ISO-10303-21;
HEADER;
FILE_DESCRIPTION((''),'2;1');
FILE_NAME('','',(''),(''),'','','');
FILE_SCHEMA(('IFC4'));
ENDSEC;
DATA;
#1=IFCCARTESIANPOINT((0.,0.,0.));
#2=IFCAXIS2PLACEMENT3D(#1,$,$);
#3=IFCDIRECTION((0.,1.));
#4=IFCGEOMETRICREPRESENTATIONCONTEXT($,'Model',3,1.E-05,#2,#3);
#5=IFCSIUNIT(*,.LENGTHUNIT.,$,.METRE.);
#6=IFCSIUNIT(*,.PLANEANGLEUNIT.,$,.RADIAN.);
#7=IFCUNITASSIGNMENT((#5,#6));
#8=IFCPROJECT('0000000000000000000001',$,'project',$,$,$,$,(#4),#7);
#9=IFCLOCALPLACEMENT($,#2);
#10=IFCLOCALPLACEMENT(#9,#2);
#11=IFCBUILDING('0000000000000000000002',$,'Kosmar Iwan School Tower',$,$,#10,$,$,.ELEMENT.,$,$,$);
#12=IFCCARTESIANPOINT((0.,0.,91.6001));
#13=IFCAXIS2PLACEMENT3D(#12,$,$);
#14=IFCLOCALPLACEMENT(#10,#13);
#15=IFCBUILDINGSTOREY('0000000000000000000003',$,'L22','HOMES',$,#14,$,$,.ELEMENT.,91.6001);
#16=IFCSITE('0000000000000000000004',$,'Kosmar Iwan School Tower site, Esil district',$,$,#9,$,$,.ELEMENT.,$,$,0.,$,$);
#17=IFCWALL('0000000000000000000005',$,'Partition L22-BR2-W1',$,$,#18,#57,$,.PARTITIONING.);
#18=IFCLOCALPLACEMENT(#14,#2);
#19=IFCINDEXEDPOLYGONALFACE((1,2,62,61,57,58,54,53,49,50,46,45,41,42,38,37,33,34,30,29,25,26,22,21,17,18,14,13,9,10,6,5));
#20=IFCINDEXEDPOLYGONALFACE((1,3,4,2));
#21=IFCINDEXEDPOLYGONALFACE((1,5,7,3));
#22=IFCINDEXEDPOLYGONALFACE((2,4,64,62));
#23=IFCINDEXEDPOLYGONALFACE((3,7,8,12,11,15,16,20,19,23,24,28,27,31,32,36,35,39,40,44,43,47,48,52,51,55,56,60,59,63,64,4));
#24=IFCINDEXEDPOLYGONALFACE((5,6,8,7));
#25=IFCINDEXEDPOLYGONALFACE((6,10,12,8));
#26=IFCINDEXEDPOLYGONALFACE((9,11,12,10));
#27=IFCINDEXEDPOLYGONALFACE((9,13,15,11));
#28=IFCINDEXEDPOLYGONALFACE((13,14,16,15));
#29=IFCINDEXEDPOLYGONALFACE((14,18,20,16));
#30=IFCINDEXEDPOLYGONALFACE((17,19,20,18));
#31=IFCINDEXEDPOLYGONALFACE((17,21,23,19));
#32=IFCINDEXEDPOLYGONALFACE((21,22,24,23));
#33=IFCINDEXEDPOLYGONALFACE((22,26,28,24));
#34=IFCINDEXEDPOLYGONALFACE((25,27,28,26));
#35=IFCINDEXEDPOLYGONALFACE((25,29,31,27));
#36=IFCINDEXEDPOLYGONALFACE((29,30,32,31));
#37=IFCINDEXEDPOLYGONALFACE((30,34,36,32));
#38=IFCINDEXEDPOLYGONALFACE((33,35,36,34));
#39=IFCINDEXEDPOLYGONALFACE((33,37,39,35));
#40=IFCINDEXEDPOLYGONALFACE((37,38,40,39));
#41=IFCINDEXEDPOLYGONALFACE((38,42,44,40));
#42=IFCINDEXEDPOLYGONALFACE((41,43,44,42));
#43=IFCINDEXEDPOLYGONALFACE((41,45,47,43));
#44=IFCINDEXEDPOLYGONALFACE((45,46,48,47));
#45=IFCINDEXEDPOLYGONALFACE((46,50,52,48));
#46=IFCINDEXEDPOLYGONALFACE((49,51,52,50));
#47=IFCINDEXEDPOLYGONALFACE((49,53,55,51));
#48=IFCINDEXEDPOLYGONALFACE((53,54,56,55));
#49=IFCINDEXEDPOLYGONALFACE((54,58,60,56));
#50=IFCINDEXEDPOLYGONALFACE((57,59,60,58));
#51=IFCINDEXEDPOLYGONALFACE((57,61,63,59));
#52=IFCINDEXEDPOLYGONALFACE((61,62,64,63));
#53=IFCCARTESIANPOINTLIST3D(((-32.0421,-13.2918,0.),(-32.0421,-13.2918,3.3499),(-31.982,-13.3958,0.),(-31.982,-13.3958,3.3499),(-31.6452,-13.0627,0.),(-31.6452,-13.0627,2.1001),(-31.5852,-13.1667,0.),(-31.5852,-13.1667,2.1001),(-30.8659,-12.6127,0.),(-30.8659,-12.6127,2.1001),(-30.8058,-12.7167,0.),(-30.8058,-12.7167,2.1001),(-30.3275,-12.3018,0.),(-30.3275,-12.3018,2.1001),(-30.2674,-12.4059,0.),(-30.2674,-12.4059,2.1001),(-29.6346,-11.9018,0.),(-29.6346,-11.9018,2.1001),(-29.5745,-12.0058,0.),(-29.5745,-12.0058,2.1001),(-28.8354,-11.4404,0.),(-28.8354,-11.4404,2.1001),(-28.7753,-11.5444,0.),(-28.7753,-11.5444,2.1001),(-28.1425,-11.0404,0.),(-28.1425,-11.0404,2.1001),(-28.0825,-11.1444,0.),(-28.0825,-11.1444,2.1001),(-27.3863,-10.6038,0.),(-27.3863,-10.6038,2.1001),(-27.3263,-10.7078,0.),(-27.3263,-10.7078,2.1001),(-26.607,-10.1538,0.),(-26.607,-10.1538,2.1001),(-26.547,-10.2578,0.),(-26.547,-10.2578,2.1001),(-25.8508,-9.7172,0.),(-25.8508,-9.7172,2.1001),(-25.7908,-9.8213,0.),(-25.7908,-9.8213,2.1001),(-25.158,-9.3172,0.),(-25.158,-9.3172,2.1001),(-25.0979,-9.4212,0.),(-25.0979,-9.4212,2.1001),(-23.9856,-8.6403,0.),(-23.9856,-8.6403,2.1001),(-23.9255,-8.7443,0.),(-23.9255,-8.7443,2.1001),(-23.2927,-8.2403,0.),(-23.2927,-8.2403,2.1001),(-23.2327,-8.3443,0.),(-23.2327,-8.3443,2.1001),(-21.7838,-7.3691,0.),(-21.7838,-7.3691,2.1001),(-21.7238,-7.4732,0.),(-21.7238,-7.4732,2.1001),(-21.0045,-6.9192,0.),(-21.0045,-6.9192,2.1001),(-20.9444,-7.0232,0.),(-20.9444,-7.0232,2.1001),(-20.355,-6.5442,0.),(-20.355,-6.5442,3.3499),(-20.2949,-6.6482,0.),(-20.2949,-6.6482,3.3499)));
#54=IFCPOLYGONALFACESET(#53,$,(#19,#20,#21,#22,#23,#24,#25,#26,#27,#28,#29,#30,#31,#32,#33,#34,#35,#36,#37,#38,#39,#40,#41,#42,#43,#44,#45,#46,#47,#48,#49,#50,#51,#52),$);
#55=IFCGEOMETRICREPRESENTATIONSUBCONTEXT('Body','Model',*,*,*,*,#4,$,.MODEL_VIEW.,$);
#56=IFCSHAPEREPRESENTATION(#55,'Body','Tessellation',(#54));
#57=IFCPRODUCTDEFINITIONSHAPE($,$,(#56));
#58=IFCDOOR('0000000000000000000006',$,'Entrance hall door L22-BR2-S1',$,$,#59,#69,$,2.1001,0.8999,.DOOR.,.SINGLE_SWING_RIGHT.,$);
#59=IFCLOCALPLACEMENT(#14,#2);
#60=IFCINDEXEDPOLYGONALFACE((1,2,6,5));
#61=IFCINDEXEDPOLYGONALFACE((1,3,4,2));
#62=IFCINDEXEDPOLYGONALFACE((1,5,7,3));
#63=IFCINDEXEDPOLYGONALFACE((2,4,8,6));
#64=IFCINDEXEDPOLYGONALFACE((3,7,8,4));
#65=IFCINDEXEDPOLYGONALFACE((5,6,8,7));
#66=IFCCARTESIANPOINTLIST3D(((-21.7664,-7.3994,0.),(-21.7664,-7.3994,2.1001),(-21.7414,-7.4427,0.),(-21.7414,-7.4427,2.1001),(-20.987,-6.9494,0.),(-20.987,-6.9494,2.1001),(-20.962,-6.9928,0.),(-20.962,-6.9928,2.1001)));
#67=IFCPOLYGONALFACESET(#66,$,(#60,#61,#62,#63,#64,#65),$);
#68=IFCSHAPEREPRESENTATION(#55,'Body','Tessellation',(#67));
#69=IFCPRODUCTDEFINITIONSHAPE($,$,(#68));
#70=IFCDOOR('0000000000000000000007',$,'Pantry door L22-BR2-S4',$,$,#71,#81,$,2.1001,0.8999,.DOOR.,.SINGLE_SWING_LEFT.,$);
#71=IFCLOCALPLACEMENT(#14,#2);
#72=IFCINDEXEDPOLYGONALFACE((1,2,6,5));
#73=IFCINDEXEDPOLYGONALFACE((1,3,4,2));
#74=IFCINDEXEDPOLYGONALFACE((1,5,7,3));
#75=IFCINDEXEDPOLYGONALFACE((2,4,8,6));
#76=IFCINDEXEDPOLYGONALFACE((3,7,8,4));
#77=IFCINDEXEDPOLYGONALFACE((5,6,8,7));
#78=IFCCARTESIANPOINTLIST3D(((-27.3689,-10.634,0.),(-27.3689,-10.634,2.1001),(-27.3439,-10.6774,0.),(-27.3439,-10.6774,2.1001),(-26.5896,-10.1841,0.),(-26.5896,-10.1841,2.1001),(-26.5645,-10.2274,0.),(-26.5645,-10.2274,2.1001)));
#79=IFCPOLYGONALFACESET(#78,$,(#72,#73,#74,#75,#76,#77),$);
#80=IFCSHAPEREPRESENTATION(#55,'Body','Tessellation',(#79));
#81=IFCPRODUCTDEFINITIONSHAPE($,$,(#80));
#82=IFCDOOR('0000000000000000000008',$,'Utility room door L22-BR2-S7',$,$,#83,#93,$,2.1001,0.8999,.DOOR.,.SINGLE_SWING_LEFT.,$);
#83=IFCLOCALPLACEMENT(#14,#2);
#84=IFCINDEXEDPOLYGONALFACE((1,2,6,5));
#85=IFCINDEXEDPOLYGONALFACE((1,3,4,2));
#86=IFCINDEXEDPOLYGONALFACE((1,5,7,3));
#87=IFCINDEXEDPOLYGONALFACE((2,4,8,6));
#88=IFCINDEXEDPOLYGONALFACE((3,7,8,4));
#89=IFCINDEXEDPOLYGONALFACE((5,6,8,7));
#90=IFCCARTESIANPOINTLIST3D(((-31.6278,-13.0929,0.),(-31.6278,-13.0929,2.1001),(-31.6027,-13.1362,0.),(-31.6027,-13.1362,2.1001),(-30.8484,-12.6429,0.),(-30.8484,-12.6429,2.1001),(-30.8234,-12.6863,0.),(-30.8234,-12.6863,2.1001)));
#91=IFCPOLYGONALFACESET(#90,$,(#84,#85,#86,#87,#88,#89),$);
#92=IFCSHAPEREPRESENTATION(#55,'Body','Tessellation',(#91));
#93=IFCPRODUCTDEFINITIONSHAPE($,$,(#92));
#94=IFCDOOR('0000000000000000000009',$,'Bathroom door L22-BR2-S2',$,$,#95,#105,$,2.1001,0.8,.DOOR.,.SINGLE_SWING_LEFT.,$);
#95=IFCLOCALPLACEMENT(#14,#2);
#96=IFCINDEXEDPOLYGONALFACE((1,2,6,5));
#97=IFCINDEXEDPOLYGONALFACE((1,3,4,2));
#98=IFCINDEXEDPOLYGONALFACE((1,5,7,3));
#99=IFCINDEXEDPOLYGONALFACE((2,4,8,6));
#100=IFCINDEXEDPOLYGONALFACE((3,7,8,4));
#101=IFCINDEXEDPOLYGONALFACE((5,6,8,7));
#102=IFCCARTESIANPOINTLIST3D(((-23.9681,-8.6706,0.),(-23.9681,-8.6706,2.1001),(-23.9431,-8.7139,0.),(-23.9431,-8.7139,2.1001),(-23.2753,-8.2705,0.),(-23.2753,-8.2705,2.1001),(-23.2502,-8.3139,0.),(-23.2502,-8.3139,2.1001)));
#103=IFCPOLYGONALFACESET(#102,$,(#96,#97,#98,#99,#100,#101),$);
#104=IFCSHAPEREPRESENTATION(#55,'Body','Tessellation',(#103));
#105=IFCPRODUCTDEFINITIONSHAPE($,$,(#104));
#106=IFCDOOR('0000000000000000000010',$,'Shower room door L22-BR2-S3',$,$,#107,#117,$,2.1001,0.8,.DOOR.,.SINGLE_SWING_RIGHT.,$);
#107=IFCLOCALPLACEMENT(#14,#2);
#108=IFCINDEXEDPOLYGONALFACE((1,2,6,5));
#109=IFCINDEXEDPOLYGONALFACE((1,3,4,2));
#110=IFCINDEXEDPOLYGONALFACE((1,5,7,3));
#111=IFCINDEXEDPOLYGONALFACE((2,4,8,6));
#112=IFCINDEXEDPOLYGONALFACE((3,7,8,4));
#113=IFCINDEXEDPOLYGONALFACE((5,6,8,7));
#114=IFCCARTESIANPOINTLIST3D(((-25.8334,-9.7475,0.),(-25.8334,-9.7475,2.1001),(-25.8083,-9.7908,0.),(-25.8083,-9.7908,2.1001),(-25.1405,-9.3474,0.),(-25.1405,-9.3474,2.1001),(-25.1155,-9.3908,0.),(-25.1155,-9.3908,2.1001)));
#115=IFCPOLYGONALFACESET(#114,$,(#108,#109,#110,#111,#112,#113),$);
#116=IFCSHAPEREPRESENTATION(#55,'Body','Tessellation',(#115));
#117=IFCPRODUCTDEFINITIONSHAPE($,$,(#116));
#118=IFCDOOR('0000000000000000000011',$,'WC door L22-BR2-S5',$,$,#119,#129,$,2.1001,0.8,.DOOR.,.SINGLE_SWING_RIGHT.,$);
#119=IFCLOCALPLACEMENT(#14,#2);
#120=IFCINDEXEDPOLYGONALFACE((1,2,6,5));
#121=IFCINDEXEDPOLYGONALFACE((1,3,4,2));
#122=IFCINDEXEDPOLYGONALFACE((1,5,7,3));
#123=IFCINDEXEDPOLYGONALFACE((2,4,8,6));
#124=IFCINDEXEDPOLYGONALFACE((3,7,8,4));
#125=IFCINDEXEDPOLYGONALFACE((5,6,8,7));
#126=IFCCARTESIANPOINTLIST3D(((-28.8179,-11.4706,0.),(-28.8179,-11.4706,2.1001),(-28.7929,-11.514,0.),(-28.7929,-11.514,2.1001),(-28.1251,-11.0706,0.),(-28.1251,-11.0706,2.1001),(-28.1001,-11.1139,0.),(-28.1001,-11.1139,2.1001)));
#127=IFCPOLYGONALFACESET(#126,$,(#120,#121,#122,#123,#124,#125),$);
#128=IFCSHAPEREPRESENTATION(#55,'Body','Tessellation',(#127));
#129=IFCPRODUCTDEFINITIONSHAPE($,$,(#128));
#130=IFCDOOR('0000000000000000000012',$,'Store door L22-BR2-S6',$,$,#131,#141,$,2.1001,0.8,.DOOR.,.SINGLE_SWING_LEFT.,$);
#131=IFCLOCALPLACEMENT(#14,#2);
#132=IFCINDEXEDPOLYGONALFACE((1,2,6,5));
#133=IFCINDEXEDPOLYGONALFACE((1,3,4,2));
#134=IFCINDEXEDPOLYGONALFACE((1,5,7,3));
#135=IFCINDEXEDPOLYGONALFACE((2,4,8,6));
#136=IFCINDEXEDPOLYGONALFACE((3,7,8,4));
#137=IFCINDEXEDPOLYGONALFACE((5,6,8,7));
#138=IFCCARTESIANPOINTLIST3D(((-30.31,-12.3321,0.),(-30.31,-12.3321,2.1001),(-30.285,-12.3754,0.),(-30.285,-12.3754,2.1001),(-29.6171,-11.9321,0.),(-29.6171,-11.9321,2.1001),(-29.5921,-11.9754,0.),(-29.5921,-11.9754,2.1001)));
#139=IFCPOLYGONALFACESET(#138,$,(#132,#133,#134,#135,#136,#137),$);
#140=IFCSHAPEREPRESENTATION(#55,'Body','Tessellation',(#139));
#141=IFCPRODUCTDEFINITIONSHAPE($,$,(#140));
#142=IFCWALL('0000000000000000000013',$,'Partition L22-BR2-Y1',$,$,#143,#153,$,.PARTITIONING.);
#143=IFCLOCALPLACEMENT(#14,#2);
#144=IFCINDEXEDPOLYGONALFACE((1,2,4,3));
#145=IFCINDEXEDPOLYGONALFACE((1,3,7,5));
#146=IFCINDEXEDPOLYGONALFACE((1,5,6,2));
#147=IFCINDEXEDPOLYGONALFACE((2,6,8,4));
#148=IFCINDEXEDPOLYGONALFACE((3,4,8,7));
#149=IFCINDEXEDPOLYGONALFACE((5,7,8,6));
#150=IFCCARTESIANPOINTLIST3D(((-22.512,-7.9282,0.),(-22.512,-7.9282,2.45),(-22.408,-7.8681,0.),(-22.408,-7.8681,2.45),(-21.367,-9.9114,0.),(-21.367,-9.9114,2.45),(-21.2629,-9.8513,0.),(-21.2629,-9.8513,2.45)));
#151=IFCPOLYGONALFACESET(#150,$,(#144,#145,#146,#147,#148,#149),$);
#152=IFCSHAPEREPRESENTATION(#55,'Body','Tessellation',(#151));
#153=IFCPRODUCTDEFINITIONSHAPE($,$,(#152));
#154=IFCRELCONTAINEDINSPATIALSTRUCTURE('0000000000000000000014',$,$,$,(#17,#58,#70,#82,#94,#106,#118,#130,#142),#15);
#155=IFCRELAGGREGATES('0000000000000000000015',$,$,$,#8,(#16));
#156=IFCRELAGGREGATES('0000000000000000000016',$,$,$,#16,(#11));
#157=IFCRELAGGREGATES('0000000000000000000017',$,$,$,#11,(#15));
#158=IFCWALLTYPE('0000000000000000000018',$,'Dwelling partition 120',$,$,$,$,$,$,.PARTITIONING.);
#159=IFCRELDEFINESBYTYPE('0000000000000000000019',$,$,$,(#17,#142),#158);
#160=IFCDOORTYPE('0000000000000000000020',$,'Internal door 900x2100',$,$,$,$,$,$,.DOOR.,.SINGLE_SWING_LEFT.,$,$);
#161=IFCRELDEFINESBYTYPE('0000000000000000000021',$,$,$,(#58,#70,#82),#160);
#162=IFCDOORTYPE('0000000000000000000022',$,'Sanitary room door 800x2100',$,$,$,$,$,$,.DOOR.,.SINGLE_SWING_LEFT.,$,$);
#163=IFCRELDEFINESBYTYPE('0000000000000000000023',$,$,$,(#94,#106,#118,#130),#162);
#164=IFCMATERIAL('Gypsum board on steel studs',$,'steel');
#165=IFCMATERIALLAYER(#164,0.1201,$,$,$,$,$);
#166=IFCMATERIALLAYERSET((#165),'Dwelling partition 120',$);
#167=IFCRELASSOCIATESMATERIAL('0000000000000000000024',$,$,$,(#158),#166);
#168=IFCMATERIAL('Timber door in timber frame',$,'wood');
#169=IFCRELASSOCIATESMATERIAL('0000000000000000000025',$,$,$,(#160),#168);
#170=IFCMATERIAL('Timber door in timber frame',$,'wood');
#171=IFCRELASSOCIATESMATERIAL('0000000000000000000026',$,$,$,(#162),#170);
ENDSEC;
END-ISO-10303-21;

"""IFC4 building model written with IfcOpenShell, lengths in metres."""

from ifc_helpers import new_model, si_unit, direction, frame, frame_2d, origin, place, context, subcontext, project, spatial, rectangle, extrude, material, layer, layer_set, type_object, element, fill, save


model = new_model("IFC4")

# Units and contexts
model_context = context("Model", 3, precision=1e-05, world=origin(), true_north=direction((0.0, 1.0)))
body_context = subcontext(model_context, "Body", "Model", "MODEL_VIEW")
ifc_project = project(units=[si_unit("LENGTHUNIT", "METRE"), si_unit("PLANEANGLEUNIT", "RADIAN")], contexts=[model_context])

# Site, building, storey
site_placement = place(None, origin())
site = spatial("IfcSite", under=ifc_project, at=site_placement, Name="Kosmar Iwan School Tower site, Esil district", CompositionType="ELEMENT", RefElevation=0.0)
building_placement = place(site_placement, origin())
building = spatial("IfcBuilding", under=site, at=building_placement, Name="Kosmar Iwan School Tower", CompositionType="ELEMENT")
storey_placement = place(building_placement, frame((0.0, 0.0, 91.6001)))
storey = spatial("IfcBuildingStorey", under=building, at=storey_placement, Name="L22", Description="HOMES", CompositionType="ELEMENT", Elevation=91.6001)

# Shared definitions
ifc_material_1 = material(Name="Gypsum board on steel studs", Category="steel")
ifc_layer_1 = layer(ifc_material_1, 0.1201)
ifc_layer_set_1 = layer_set([ifc_layer_1], Name="Dwelling partition 120")
wall_type_1 = type_object("IfcWallType", Name="Dwelling partition 120", PredefinedType="PARTITIONING", material=ifc_layer_set_1)

# Wall, openings, doors
wall_1_placement = place(storey_placement, frame((-20.325, -6.5962, 0.0), z_axis=(0.0, 0.0, 1.0), x_axis=(-0.866024, -0.500003, 0.0)))
wall_1 = element("IfcWall", 1, at=wall_1_placement, inside=storey, type_object=wall_type_1, Name="Partition L22-BR2-W1", PredefinedType="PARTITIONING", context=body_context, shape_type="SweptSolid", body=[
    extrude(rectangle(XDim=13.4951, YDim=0.1201, at=frame_2d((6.7476, 0.0))), origin(), (0.0, 0.0, 1.0), 3.3499),
])
opening_1_placement = place(wall_1_placement, frame((0.75, 0.0, 0.0)))
opening_1 = element("IfcOpeningElement", 2, at=opening_1_placement, cuts=wall_1, PredefinedType="OPENING", context=body_context, shape_type="SweptSolid", body=[
    extrude(rectangle(XDim=0.8999, YDim=2.1001, at=frame_2d((0.45, 1.05))), frame((0.0, 0.072, 0.0), z_axis=(0.0, -1.0, 0.0), x_axis=(1.0, 0.0, 0.0)), (0.0, 0.0, 1.0), 0.144),
])
opening_2_placement = place(wall_1_placement, frame((3.3923, 0.0, 0.0)))
opening_2 = element("IfcOpeningElement", 3, at=opening_2_placement, cuts=wall_1, PredefinedType="OPENING", context=body_context, shape_type="SweptSolid", body=[
    extrude(rectangle(XDim=0.8, YDim=2.1001, at=frame_2d((0.3999, 1.05))), frame((0.0, 0.072, 0.0), z_axis=(0.0, -1.0, 0.0), x_axis=(1.0, 0.0, 0.0)), (0.0, 0.0, 1.0), 0.144),
])
opening_3_placement = place(wall_1_placement, frame((5.5461, 0.0, 0.0)))
opening_3 = element("IfcOpeningElement", 4, at=opening_3_placement, cuts=wall_1, PredefinedType="OPENING", context=body_context, shape_type="SweptSolid", body=[
    extrude(rectangle(XDim=0.8, YDim=2.1001, at=frame_2d((0.3999, 1.05))), frame((0.0, 0.072, 0.0), z_axis=(0.0, -1.0, 0.0), x_axis=(1.0, 0.0, 0.0)), (0.0, 0.0, 1.0), 0.144),
])
opening_4_placement = place(wall_1_placement, frame((7.2192, 0.0, 0.0)))
opening_4 = element("IfcOpeningElement", 5, at=opening_4_placement, cuts=wall_1, PredefinedType="OPENING", context=body_context, shape_type="SweptSolid", body=[
    extrude(rectangle(XDim=0.8999, YDim=2.1001, at=frame_2d((0.45, 1.05))), frame((0.0, 0.072, 0.0), z_axis=(0.0, -1.0, 0.0), x_axis=(1.0, 0.0, 0.0)), (0.0, 0.0, 1.0), 0.144),
])
opening_5_placement = place(wall_1_placement, frame((8.9924, 0.0, 0.0)))
opening_5 = element("IfcOpeningElement", 6, at=opening_5_placement, cuts=wall_1, PredefinedType="OPENING", context=body_context, shape_type="SweptSolid", body=[
    extrude(rectangle(XDim=0.8, YDim=2.1001, at=frame_2d((0.3999, 1.05))), frame((0.0, 0.072, 0.0), z_axis=(0.0, -1.0, 0.0), x_axis=(1.0, 0.0, 0.0)), (0.0, 0.0, 1.0), 0.144),
])
opening_6_placement = place(wall_1_placement, frame((10.7153, 0.0, 0.0)))
opening_6 = element("IfcOpeningElement", 7, at=opening_6_placement, cuts=wall_1, PredefinedType="OPENING", context=body_context, shape_type="SweptSolid", body=[
    extrude(rectangle(XDim=0.8, YDim=2.1001, at=frame_2d((0.3999, 1.05))), frame((0.0, 0.072, 0.0), z_axis=(0.0, -1.0, 0.0), x_axis=(1.0, 0.0, 0.0)), (0.0, 0.0, 1.0), 0.144),
])
opening_7_placement = place(wall_1_placement, frame((12.137, 0.0, 0.0)))
opening_7 = element("IfcOpeningElement", 8, at=opening_7_placement, cuts=wall_1, PredefinedType="OPENING", context=body_context, shape_type="SweptSolid", body=[
    extrude(rectangle(XDim=0.8999, YDim=2.1001, at=frame_2d((0.45, 1.05))), frame((0.0, 0.072, 0.0), z_axis=(0.0, -1.0, 0.0), x_axis=(1.0, 0.0, 0.0)), (0.0, 0.0, 1.0), 0.144),
])
ifc_material_2 = material(Name="Timber door in timber frame", Category="wood")
door_type_1 = type_object("IfcDoorType", Name="Internal door 900x2100", OperationType="SINGLE_SWING_LEFT", PredefinedType="DOOR", material=ifc_material_2)
door_1_placement = place(opening_1_placement, origin())
door_1 = element("IfcDoor", 9, at=door_1_placement, inside=storey, type_object=door_type_1, Name="Entrance hall door L22-BR2-S1", OperationType="SINGLE_SWING_RIGHT", OverallHeight=2.1001, OverallWidth=0.8999, PredefinedType="DOOR", context=body_context, shape_type="SweptSolid", body=[
    extrude(rectangle(XDim=0.8999, YDim=2.1001, at=frame_2d((0.45, 1.05))), frame((0.0, 0.0249, 0.0), z_axis=(0.0, -1.0, 0.0), x_axis=(1.0, 0.0, 0.0)), (0.0, 0.0, 1.0), 0.05),
])
fill(opening_1, door_1)
door_2_placement = place(opening_4_placement, origin())
door_2 = element("IfcDoor", 10, at=door_2_placement, inside=storey, type_object=door_type_1, Name="Pantry door L22-BR2-S4", OperationType="SINGLE_SWING_LEFT", OverallHeight=2.1001, OverallWidth=0.8999, PredefinedType="DOOR", context=body_context, shape_type="SweptSolid", body=[
    extrude(rectangle(XDim=0.8999, YDim=2.1001, at=frame_2d((0.45, 1.05))), frame((0.0, 0.0249, 0.0), z_axis=(0.0, -1.0, 0.0), x_axis=(1.0, 0.0, 0.0)), (0.0, 0.0, 1.0), 0.05),
])
fill(opening_4, door_2)
door_3_placement = place(opening_7_placement, origin())
door_3 = element("IfcDoor", 11, at=door_3_placement, inside=storey, type_object=door_type_1, Name="Utility room door L22-BR2-S7", OperationType="SINGLE_SWING_LEFT", OverallHeight=2.1001, OverallWidth=0.8999, PredefinedType="DOOR", context=body_context, shape_type="SweptSolid", body=[
    extrude(rectangle(XDim=0.8999, YDim=2.1001, at=frame_2d((0.45, 1.05))), frame((0.0, 0.0249, 0.0), z_axis=(0.0, -1.0, 0.0), x_axis=(1.0, 0.0, 0.0)), (0.0, 0.0, 1.0), 0.05),
])
fill(opening_7, door_3)
ifc_material_3 = material(Name="Timber door in timber frame", Category="wood")
door_type_2 = type_object("IfcDoorType", Name="Sanitary room door 800x2100", OperationType="SINGLE_SWING_LEFT", PredefinedType="DOOR", material=ifc_material_3)
door_4_placement = place(opening_2_placement, origin())
door_4 = element("IfcDoor", 12, at=door_4_placement, inside=storey, type_object=door_type_2, Name="Bathroom door L22-BR2-S2", OperationType="SINGLE_SWING_LEFT", OverallHeight=2.1001, OverallWidth=0.8, PredefinedType="DOOR", context=body_context, shape_type="SweptSolid", body=[
    extrude(rectangle(XDim=0.8, YDim=2.1001, at=frame_2d((0.3999, 1.05))), frame((0.0, 0.0249, 0.0), z_axis=(0.0, -1.0, 0.0), x_axis=(1.0, 0.0, 0.0)), (0.0, 0.0, 1.0), 0.05),
])
fill(opening_2, door_4)
door_5_placement = place(opening_3_placement, origin())
door_5 = element("IfcDoor", 13, at=door_5_placement, inside=storey, type_object=door_type_2, Name="Shower room door L22-BR2-S3", OperationType="SINGLE_SWING_RIGHT", OverallHeight=2.1001, OverallWidth=0.8, PredefinedType="DOOR", context=body_context, shape_type="SweptSolid", body=[
    extrude(rectangle(XDim=0.8, YDim=2.1001, at=frame_2d((0.3999, 1.05))), frame((0.0, 0.0249, 0.0), z_axis=(0.0, -1.0, 0.0), x_axis=(1.0, 0.0, 0.0)), (0.0, 0.0, 1.0), 0.05),
])
fill(opening_3, door_5)
door_6_placement = place(opening_5_placement, origin())
door_6 = element("IfcDoor", 14, at=door_6_placement, inside=storey, type_object=door_type_2, Name="WC door L22-BR2-S5", OperationType="SINGLE_SWING_RIGHT", OverallHeight=2.1001, OverallWidth=0.8, PredefinedType="DOOR", context=body_context, shape_type="SweptSolid", body=[
    extrude(rectangle(XDim=0.8, YDim=2.1001, at=frame_2d((0.3999, 1.05))), frame((0.0, 0.0249, 0.0), z_axis=(0.0, -1.0, 0.0), x_axis=(1.0, 0.0, 0.0)), (0.0, 0.0, 1.0), 0.05),
])
fill(opening_5, door_6)
door_7_placement = place(opening_6_placement, origin())
door_7 = element("IfcDoor", 15, at=door_7_placement, inside=storey, type_object=door_type_2, Name="Store door L22-BR2-S6", OperationType="SINGLE_SWING_LEFT", OverallHeight=2.1001, OverallWidth=0.8, PredefinedType="DOOR", context=body_context, shape_type="SweptSolid", body=[
    extrude(rectangle(XDim=0.8, YDim=2.1001, at=frame_2d((0.3999, 1.05))), frame((0.0, 0.0249, 0.0), z_axis=(0.0, -1.0, 0.0), x_axis=(1.0, 0.0, 0.0)), (0.0, 0.0, 1.0), 0.05),
])
fill(opening_6, door_7)

# Wall
wall_2_placement = place(storey_placement, frame((-21.3149, -9.8813, 0.0), z_axis=(0.0, 0.0, 1.0), x_axis=(-0.500015, 0.866017, 0.0)))
element("IfcWall", 16, at=wall_2_placement, inside=storey, type_object=wall_type_1, Name="Partition L22-BR2-Y1", PredefinedType="PARTITIONING", context=body_context, shape_type="SweptSolid", body=[
    extrude(rectangle(XDim=2.29, YDim=0.1201, at=frame_2d((1.145, 0.0))), origin(), (0.0, 0.0, 1.0), 2.45),
])

save(model, "model.ifc")
